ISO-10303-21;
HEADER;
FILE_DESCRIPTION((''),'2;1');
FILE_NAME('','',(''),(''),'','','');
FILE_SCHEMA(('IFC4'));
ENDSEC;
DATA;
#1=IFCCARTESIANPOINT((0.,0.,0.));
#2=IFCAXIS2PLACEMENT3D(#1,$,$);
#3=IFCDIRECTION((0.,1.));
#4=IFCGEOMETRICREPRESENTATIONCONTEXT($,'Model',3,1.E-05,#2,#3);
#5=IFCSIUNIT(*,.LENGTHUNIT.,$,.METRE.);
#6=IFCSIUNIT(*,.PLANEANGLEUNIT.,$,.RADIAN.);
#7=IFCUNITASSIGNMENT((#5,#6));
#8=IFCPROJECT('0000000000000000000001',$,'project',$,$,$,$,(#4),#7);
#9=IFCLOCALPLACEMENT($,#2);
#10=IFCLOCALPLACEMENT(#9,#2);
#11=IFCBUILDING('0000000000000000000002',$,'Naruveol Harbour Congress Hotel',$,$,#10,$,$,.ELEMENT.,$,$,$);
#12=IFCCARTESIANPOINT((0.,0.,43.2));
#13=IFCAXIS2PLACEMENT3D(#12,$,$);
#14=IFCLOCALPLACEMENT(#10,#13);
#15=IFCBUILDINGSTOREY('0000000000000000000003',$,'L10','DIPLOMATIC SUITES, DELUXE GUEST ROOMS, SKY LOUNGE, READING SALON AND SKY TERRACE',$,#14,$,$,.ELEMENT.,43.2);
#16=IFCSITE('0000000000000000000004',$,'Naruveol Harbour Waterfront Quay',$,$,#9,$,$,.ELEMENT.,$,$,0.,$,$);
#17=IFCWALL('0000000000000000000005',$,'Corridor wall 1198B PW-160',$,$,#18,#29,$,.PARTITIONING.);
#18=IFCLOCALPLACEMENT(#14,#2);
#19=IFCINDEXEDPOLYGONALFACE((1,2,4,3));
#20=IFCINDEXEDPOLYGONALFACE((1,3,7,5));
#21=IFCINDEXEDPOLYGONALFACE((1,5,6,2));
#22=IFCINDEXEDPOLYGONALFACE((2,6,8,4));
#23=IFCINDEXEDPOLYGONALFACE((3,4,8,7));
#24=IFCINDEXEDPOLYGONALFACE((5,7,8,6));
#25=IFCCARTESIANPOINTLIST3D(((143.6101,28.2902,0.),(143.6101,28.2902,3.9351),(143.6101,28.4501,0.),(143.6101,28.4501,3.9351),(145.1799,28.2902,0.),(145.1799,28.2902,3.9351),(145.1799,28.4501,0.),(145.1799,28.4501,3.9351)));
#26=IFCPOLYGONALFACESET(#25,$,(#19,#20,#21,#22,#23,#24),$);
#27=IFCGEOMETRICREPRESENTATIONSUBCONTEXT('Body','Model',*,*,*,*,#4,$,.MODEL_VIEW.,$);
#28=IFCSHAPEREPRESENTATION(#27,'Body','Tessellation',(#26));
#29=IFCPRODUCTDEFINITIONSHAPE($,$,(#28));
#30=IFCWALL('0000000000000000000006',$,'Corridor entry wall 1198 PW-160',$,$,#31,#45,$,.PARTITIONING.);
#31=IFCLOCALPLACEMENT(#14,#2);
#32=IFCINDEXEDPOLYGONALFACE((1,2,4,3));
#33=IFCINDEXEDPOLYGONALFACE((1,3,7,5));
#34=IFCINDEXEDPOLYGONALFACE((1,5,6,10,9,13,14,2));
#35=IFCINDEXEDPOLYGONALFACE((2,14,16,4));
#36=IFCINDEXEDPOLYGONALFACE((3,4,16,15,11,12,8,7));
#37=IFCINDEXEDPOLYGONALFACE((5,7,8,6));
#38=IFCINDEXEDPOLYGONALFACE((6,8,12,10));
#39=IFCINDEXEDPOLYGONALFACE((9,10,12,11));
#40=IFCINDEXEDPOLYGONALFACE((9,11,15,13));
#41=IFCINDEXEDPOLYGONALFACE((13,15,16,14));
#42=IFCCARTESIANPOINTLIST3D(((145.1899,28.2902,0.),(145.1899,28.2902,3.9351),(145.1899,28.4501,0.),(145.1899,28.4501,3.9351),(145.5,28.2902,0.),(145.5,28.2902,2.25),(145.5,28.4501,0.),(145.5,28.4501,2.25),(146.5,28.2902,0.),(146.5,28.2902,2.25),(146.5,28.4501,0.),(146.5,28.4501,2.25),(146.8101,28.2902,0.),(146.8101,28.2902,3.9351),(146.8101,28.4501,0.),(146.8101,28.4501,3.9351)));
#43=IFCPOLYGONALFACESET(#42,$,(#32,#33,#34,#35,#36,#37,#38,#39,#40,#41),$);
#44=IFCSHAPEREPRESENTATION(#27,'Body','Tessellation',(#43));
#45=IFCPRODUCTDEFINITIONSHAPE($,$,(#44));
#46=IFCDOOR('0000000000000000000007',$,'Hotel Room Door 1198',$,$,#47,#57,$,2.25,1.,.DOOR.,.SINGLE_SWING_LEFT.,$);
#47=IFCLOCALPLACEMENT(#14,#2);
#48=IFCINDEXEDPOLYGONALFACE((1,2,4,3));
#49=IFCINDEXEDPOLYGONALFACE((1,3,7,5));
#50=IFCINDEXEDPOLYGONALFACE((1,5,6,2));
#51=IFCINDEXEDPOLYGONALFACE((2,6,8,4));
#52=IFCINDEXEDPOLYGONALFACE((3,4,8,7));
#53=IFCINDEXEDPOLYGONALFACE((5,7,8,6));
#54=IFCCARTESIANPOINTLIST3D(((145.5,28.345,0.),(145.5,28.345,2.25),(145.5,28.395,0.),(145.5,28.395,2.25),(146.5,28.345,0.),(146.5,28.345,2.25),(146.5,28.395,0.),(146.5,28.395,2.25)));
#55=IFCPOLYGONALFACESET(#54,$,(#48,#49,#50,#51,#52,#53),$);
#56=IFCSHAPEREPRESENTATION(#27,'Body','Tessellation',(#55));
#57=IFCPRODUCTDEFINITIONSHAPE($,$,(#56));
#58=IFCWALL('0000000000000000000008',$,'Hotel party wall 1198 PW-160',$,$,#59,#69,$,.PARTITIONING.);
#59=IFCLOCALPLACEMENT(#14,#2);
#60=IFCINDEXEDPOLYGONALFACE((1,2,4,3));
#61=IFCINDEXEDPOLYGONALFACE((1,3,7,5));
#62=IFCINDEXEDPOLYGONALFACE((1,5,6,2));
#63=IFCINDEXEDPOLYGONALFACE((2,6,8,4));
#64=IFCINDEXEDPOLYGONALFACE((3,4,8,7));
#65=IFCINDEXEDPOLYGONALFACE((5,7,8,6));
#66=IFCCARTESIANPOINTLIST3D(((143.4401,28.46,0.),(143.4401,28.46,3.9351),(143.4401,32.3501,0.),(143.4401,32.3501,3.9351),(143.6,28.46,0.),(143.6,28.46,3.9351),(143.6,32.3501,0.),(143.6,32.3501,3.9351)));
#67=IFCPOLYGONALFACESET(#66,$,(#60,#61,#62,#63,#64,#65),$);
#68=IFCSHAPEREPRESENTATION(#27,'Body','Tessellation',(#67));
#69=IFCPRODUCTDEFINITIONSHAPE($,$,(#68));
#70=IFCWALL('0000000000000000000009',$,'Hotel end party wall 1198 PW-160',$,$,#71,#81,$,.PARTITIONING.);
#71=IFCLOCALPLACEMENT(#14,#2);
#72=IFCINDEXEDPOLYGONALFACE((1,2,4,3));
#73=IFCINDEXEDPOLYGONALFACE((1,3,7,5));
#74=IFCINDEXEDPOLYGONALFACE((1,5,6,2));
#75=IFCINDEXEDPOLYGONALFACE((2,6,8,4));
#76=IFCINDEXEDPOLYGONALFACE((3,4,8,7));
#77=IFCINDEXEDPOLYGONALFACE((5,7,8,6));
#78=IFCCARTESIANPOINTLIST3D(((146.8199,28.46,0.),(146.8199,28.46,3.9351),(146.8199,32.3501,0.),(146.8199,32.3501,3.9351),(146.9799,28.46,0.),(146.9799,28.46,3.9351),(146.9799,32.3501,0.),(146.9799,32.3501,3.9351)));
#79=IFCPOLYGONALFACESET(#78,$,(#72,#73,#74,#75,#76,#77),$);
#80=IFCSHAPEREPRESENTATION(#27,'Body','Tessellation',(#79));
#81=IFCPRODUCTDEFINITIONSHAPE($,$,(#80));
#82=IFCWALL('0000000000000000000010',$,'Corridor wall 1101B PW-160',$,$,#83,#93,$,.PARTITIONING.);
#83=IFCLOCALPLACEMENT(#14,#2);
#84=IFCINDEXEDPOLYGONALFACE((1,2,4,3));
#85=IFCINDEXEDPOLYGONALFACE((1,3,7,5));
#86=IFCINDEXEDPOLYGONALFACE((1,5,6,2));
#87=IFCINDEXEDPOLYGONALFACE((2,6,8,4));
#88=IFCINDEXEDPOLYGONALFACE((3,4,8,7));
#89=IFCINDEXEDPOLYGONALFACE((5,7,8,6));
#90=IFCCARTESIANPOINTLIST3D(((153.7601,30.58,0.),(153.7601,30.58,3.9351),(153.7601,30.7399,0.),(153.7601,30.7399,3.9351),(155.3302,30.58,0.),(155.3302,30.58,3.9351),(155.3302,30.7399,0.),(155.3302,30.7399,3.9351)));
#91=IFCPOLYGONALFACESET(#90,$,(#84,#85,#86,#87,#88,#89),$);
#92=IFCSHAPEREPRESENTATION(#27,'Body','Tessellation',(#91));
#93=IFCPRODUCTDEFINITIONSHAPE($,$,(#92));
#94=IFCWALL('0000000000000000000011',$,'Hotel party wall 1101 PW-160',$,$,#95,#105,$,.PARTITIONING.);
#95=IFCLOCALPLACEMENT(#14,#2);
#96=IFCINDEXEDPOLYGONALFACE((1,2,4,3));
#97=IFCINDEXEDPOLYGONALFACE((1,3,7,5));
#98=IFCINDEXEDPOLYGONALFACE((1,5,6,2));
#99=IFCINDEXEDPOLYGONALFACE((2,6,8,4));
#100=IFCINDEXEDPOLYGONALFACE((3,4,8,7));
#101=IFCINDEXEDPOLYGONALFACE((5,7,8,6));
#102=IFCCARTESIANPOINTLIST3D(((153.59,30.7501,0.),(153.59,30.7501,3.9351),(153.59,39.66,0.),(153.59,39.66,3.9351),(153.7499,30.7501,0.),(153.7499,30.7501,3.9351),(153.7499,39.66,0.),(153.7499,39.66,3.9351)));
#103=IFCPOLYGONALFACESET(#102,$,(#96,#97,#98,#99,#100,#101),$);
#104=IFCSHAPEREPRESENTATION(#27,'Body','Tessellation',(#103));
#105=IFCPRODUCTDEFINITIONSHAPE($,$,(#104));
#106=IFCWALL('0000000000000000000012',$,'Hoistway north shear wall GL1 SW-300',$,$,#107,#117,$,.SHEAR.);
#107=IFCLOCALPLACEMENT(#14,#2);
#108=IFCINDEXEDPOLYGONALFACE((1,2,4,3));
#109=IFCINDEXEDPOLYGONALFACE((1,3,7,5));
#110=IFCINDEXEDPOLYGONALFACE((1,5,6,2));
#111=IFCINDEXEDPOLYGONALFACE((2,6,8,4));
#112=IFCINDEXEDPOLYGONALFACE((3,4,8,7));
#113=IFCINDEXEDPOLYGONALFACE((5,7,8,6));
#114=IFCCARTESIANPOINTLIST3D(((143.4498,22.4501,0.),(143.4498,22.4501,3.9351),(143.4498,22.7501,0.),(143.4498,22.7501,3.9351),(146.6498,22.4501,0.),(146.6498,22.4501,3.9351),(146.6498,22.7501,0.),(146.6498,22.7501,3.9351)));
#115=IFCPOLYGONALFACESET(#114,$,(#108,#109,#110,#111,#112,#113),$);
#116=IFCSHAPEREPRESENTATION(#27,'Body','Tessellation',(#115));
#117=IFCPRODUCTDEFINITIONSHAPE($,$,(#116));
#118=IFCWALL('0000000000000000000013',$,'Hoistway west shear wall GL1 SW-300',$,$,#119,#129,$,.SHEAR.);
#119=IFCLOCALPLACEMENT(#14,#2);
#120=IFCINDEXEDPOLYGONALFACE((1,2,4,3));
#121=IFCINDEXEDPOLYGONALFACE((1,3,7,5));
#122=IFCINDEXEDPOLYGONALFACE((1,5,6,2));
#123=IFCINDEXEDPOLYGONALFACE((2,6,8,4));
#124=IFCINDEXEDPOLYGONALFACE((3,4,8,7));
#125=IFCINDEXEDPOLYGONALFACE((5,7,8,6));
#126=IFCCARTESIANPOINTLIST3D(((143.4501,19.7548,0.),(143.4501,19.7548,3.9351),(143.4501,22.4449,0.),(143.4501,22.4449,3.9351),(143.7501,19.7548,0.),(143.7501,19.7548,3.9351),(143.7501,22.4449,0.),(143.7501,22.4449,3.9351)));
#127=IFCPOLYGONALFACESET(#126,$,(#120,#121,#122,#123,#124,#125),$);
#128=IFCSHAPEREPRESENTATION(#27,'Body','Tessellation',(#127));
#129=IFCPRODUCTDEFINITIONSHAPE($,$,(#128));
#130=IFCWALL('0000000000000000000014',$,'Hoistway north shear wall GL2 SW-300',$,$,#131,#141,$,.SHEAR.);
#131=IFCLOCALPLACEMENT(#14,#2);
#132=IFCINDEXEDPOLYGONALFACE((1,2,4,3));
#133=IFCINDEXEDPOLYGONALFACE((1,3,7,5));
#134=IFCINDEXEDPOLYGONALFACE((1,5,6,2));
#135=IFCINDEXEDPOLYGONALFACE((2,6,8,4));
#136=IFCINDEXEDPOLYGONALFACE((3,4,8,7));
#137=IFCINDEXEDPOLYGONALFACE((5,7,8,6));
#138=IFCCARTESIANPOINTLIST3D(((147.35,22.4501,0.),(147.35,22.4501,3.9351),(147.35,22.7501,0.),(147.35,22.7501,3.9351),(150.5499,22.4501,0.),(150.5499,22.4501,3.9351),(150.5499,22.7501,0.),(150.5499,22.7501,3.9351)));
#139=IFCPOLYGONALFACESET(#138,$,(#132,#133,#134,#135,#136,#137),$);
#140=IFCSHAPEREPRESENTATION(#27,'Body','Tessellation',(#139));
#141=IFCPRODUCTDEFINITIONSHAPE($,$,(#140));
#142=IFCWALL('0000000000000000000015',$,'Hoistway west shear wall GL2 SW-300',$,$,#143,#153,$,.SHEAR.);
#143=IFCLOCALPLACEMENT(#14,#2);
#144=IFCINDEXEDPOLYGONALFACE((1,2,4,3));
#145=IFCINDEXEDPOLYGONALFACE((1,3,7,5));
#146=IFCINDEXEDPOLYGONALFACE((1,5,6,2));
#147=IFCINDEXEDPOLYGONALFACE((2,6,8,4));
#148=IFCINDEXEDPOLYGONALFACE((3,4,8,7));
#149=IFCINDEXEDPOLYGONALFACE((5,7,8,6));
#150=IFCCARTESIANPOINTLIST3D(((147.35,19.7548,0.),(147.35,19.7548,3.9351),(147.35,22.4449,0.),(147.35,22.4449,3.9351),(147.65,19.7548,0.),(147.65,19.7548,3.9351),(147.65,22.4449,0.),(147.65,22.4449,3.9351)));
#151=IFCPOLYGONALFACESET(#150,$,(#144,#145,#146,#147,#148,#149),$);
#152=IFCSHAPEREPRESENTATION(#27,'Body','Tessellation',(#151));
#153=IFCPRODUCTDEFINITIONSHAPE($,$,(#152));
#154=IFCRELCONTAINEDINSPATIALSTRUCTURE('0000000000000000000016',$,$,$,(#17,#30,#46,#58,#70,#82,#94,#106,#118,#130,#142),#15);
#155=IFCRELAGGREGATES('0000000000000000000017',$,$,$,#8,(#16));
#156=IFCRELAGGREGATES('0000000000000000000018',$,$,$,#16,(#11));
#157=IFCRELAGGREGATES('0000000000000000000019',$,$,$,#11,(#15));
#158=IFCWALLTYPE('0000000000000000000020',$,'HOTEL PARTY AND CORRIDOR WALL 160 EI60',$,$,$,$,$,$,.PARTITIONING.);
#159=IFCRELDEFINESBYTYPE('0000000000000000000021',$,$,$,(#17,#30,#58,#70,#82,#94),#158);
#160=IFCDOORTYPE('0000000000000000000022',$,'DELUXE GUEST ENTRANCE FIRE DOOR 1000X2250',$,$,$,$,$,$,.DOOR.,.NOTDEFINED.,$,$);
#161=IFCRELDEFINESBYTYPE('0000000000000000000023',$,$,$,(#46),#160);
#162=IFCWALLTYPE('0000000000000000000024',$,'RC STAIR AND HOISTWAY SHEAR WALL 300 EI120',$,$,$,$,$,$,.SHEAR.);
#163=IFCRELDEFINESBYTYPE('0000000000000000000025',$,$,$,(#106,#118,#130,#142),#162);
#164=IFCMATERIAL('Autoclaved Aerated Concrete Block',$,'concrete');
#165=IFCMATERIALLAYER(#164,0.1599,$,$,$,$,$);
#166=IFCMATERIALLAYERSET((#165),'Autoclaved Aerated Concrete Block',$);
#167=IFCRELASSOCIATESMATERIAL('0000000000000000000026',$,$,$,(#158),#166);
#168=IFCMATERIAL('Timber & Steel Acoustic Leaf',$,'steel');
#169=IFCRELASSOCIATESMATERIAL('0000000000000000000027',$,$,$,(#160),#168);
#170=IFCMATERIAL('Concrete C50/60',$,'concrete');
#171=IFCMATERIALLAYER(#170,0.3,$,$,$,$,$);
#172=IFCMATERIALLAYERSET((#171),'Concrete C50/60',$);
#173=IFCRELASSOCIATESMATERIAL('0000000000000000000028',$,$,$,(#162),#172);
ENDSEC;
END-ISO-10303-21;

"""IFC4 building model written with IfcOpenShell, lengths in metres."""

from ifc_helpers import new_model, si_unit, direction, frame, frame_2d, origin, place, context, subcontext, project, spatial, rectangle, extrude, material, layer, layer_set, type_object, element, fill, save


model = new_model("IFC4")

# Units and contexts
model_context = context("Model", 3, precision=1e-05, world=origin(), true_north=direction((0.0, 1.0)))
body_context = subcontext(model_context, "Body", "Model", "MODEL_VIEW")
ifc_project = project(units=[si_unit("LENGTHUNIT", "METRE"), si_unit("PLANEANGLEUNIT", "RADIAN")], contexts=[model_context])

# Site, building, storey
site_placement = place(None, origin())
site = spatial("IfcSite", under=ifc_project, at=site_placement, Name="Naruveol Harbour Waterfront Quay", CompositionType="ELEMENT", RefElevation=0.0)
building_placement = place(site_placement, origin())
building = spatial("IfcBuilding", under=site, at=building_placement, Name="Naruveol Harbour Congress Hotel", CompositionType="ELEMENT")
storey_placement = place(building_placement, frame((0.0, 0.0, 43.2)))
storey = spatial("IfcBuildingStorey", under=building, at=storey_placement, Name="L10", Description="DIPLOMATIC SUITES, DELUXE GUEST ROOMS, SKY LOUNGE, READING SALON AND SKY TERRACE", CompositionType="ELEMENT", Elevation=43.2)

# Wall
ifc_material_1 = material(Name="Autoclaved Aerated Concrete Block", Category="concrete")
ifc_layer_1 = layer(ifc_material_1, 0.1599)
ifc_layer_set_1 = layer_set([ifc_layer_1], Name="Autoclaved Aerated Concrete Block")
wall_type_1 = type_object("IfcWallType", Name="HOTEL PARTY AND CORRIDOR WALL 160 EI60", PredefinedType="PARTITIONING", material=ifc_layer_set_1)
wall_1_placement = place(storey_placement, frame((143.6101, 28.3701, 0.0), z_axis=(0.0, 0.0, 1.0), x_axis=(1.0, 0.0, 0.0)))
element("IfcWall", 1, at=wall_1_placement, inside=storey, type_object=wall_type_1, Name="Corridor wall 1198B PW-160", PredefinedType="PARTITIONING", context=body_context, shape_type="SweptSolid", body=[
    extrude(rectangle(XDim=1.5698, YDim=0.1599, at=frame_2d((0.7849, 0.0))), origin(), (0.0, 0.0, 1.0), 3.9351),
])

# Wall, opening, door
wall_2_placement = place(storey_placement, frame((145.1899, 28.3701, 0.0), z_axis=(0.0, 0.0, 1.0), x_axis=(1.0, 0.0, 0.0)))
wall_2 = element("IfcWall", 2, at=wall_2_placement, inside=storey, type_object=wall_type_1, Name="Corridor entry wall 1198 PW-160", PredefinedType="PARTITIONING", context=body_context, shape_type="SweptSolid", body=[
    extrude(rectangle(XDim=1.6201, YDim=0.1599, at=frame_2d((0.8101, 0.0))), origin(), (0.0, 0.0, 1.0), 3.9351),
])
opening_1_placement = place(wall_2_placement, frame((0.3101, 0.0, 0.0)))
opening_1 = element("IfcOpeningElement", 3, at=opening_1_placement, cuts=wall_2, PredefinedType="OPENING", context=body_context, shape_type="SweptSolid", body=[
    extrude(rectangle(XDim=1.0, YDim=2.25, at=frame_2d((0.5, 1.125))), frame((0.0, 0.0898, 0.0), z_axis=(0.0, -1.0, 0.0), x_axis=(1.0, 0.0, 0.0)), (0.0, 0.0, 1.0), 0.1799),
])
ifc_material_2 = material(Name="Timber & Steel Acoustic Leaf", Category="steel")
door_type_1 = type_object("IfcDoorType", Name="DELUXE GUEST ENTRANCE FIRE DOOR 1000X2250", OperationType="NOTDEFINED", PredefinedType="DOOR", material=ifc_material_2)
door_1_placement = place(opening_1_placement, origin())
door_1 = element("IfcDoor", 4, at=door_1_placement, inside=storey, type_object=door_type_1, Name="Hotel Room Door 1198", OperationType="SINGLE_SWING_LEFT", OverallHeight=2.25, OverallWidth=1.0, PredefinedType="DOOR", context=body_context, shape_type="SweptSolid", body=[
    extrude(rectangle(XDim=1.0, YDim=2.25, at=frame_2d((0.5, 1.125))), frame((0.0, 0.0249, 0.0), z_axis=(0.0, -1.0, 0.0), x_axis=(1.0, 0.0, 0.0)), (0.0, 0.0, 1.0), 0.05),
])
fill(opening_1, door_1)

# Walls
for number, where, z_axis, x_axis, name in (
    (5, (143.52, 28.46, 0.0), (0.0, 0.0, 1.0), (0.0, 1.0, 0.0), "Hotel party wall 1198 PW-160"),
    (6, (146.8999, 28.46, 0.0), (0.0, 0.0, 1.0), (0.0, 1.0, 0.0), "Hotel end party wall 1198 PW-160"),
):
    element("IfcWall", number, at=place(storey_placement, frame(where, z_axis=z_axis, x_axis=x_axis)), inside=storey, type_object=wall_type_1, Name=name, PredefinedType="PARTITIONING", context=body_context, shape_type="SweptSolid", body=[
        extrude(rectangle(XDim=3.8901, YDim=0.1599, at=frame_2d((1.9451, 0.0))), origin(), (0.0, 0.0, 1.0), 3.9351),
    ])
wall_3_placement = place(storey_placement, frame((153.76, 30.6599, 0.0), z_axis=(0.0, 0.0, 1.0), x_axis=(1.0, 0.0, 0.0)))
element("IfcWall", 7, at=wall_3_placement, inside=storey, type_object=wall_type_1, Name="Corridor wall 1101B PW-160", PredefinedType="PARTITIONING", context=body_context, shape_type="SweptSolid", body=[
    extrude(rectangle(XDim=1.5701, YDim=0.1599, at=frame_2d((0.7852, 0.0))), origin(), (0.0, 0.0, 1.0), 3.9351),
])
wall_4_placement = place(storey_placement, frame((153.6699, 30.75, 0.0), z_axis=(0.0, 0.0, 1.0), x_axis=(0.0, 1.0, 0.0)))
element("IfcWall", 8, at=wall_4_placement, inside=storey, type_object=wall_type_1, Name="Hotel party wall 1101 PW-160", PredefinedType="PARTITIONING", context=body_context, shape_type="SweptSolid", body=[
    extrude(rectangle(XDim=8.9099, YDim=0.1599, at=frame_2d((4.4551, 0.0))), origin(), (0.0, 0.0, 1.0), 3.9351),
])
ifc_material_3 = material(Name="Concrete C50/60", Category="concrete")
ifc_layer_2 = layer(ifc_material_3, 0.3)
ifc_layer_set_2 = layer_set([ifc_layer_2], Name="Concrete C50/60")
wall_type_2 = type_object("IfcWallType", Name="RC STAIR AND HOISTWAY SHEAR WALL 300 EI120", PredefinedType="SHEAR", material=ifc_layer_set_2)
wall_5_placement = place(storey_placement, frame((146.6499, 22.6001, 0.0), z_axis=(0.0, 0.0, 1.0), x_axis=(-1.0, 0.0, 0.0)))
element("IfcWall", 9, at=wall_5_placement, inside=storey, type_object=wall_type_2, Name="Hoistway north shear wall GL1 SW-300", PredefinedType="SHEAR", context=body_context, shape_type="SweptSolid", body=[
    extrude(rectangle(XDim=3.2, YDim=0.3, at=frame_2d((1.6001, 0.0))), origin(), (0.0, 0.0, 1.0), 3.9351),
])
wall_6_placement = place(storey_placement, frame((143.6001, 22.4451, 0.0), z_axis=(0.0, 0.0, 1.0), x_axis=(0.0, -1.0, 0.0)))
element("IfcWall", 10, at=wall_6_placement, inside=storey, type_object=wall_type_2, Name="Hoistway west shear wall GL1 SW-300", PredefinedType="SHEAR", context=body_context, shape_type="SweptSolid", body=[
    extrude(rectangle(XDim=2.6902, YDim=0.3, at=frame_2d((1.3452, 0.0))), origin(), (0.0, 0.0, 1.0), 3.9351),
])
wall_7_placement = place(storey_placement, frame((150.55, 22.6001, 0.0), z_axis=(0.0, 0.0, 1.0), x_axis=(-1.0, 0.0, 0.0)))
element("IfcWall", 11, at=wall_7_placement, inside=storey, type_object=wall_type_2, Name="Hoistway north shear wall GL2 SW-300", PredefinedType="SHEAR", context=body_context, shape_type="SweptSolid", body=[
    extrude(rectangle(XDim=3.2, YDim=0.3, at=frame_2d((1.6001, 0.0))), origin(), (0.0, 0.0, 1.0), 3.9351),
])
wall_8_placement = place(storey_placement, frame((147.5, 22.4451, 0.0), z_axis=(0.0, 0.0, 1.0), x_axis=(0.0, -1.0, 0.0)))
element("IfcWall", 12, at=wall_8_placement, inside=storey, type_object=wall_type_2, Name="Hoistway west shear wall GL2 SW-300", PredefinedType="SHEAR", context=body_context, shape_type="SweptSolid", body=[
    extrude(rectangle(XDim=2.6902, YDim=0.3, at=frame_2d((1.3452, 0.0))), origin(), (0.0, 0.0, 1.0), 3.9351),
])

save(model, "model.ifc")
